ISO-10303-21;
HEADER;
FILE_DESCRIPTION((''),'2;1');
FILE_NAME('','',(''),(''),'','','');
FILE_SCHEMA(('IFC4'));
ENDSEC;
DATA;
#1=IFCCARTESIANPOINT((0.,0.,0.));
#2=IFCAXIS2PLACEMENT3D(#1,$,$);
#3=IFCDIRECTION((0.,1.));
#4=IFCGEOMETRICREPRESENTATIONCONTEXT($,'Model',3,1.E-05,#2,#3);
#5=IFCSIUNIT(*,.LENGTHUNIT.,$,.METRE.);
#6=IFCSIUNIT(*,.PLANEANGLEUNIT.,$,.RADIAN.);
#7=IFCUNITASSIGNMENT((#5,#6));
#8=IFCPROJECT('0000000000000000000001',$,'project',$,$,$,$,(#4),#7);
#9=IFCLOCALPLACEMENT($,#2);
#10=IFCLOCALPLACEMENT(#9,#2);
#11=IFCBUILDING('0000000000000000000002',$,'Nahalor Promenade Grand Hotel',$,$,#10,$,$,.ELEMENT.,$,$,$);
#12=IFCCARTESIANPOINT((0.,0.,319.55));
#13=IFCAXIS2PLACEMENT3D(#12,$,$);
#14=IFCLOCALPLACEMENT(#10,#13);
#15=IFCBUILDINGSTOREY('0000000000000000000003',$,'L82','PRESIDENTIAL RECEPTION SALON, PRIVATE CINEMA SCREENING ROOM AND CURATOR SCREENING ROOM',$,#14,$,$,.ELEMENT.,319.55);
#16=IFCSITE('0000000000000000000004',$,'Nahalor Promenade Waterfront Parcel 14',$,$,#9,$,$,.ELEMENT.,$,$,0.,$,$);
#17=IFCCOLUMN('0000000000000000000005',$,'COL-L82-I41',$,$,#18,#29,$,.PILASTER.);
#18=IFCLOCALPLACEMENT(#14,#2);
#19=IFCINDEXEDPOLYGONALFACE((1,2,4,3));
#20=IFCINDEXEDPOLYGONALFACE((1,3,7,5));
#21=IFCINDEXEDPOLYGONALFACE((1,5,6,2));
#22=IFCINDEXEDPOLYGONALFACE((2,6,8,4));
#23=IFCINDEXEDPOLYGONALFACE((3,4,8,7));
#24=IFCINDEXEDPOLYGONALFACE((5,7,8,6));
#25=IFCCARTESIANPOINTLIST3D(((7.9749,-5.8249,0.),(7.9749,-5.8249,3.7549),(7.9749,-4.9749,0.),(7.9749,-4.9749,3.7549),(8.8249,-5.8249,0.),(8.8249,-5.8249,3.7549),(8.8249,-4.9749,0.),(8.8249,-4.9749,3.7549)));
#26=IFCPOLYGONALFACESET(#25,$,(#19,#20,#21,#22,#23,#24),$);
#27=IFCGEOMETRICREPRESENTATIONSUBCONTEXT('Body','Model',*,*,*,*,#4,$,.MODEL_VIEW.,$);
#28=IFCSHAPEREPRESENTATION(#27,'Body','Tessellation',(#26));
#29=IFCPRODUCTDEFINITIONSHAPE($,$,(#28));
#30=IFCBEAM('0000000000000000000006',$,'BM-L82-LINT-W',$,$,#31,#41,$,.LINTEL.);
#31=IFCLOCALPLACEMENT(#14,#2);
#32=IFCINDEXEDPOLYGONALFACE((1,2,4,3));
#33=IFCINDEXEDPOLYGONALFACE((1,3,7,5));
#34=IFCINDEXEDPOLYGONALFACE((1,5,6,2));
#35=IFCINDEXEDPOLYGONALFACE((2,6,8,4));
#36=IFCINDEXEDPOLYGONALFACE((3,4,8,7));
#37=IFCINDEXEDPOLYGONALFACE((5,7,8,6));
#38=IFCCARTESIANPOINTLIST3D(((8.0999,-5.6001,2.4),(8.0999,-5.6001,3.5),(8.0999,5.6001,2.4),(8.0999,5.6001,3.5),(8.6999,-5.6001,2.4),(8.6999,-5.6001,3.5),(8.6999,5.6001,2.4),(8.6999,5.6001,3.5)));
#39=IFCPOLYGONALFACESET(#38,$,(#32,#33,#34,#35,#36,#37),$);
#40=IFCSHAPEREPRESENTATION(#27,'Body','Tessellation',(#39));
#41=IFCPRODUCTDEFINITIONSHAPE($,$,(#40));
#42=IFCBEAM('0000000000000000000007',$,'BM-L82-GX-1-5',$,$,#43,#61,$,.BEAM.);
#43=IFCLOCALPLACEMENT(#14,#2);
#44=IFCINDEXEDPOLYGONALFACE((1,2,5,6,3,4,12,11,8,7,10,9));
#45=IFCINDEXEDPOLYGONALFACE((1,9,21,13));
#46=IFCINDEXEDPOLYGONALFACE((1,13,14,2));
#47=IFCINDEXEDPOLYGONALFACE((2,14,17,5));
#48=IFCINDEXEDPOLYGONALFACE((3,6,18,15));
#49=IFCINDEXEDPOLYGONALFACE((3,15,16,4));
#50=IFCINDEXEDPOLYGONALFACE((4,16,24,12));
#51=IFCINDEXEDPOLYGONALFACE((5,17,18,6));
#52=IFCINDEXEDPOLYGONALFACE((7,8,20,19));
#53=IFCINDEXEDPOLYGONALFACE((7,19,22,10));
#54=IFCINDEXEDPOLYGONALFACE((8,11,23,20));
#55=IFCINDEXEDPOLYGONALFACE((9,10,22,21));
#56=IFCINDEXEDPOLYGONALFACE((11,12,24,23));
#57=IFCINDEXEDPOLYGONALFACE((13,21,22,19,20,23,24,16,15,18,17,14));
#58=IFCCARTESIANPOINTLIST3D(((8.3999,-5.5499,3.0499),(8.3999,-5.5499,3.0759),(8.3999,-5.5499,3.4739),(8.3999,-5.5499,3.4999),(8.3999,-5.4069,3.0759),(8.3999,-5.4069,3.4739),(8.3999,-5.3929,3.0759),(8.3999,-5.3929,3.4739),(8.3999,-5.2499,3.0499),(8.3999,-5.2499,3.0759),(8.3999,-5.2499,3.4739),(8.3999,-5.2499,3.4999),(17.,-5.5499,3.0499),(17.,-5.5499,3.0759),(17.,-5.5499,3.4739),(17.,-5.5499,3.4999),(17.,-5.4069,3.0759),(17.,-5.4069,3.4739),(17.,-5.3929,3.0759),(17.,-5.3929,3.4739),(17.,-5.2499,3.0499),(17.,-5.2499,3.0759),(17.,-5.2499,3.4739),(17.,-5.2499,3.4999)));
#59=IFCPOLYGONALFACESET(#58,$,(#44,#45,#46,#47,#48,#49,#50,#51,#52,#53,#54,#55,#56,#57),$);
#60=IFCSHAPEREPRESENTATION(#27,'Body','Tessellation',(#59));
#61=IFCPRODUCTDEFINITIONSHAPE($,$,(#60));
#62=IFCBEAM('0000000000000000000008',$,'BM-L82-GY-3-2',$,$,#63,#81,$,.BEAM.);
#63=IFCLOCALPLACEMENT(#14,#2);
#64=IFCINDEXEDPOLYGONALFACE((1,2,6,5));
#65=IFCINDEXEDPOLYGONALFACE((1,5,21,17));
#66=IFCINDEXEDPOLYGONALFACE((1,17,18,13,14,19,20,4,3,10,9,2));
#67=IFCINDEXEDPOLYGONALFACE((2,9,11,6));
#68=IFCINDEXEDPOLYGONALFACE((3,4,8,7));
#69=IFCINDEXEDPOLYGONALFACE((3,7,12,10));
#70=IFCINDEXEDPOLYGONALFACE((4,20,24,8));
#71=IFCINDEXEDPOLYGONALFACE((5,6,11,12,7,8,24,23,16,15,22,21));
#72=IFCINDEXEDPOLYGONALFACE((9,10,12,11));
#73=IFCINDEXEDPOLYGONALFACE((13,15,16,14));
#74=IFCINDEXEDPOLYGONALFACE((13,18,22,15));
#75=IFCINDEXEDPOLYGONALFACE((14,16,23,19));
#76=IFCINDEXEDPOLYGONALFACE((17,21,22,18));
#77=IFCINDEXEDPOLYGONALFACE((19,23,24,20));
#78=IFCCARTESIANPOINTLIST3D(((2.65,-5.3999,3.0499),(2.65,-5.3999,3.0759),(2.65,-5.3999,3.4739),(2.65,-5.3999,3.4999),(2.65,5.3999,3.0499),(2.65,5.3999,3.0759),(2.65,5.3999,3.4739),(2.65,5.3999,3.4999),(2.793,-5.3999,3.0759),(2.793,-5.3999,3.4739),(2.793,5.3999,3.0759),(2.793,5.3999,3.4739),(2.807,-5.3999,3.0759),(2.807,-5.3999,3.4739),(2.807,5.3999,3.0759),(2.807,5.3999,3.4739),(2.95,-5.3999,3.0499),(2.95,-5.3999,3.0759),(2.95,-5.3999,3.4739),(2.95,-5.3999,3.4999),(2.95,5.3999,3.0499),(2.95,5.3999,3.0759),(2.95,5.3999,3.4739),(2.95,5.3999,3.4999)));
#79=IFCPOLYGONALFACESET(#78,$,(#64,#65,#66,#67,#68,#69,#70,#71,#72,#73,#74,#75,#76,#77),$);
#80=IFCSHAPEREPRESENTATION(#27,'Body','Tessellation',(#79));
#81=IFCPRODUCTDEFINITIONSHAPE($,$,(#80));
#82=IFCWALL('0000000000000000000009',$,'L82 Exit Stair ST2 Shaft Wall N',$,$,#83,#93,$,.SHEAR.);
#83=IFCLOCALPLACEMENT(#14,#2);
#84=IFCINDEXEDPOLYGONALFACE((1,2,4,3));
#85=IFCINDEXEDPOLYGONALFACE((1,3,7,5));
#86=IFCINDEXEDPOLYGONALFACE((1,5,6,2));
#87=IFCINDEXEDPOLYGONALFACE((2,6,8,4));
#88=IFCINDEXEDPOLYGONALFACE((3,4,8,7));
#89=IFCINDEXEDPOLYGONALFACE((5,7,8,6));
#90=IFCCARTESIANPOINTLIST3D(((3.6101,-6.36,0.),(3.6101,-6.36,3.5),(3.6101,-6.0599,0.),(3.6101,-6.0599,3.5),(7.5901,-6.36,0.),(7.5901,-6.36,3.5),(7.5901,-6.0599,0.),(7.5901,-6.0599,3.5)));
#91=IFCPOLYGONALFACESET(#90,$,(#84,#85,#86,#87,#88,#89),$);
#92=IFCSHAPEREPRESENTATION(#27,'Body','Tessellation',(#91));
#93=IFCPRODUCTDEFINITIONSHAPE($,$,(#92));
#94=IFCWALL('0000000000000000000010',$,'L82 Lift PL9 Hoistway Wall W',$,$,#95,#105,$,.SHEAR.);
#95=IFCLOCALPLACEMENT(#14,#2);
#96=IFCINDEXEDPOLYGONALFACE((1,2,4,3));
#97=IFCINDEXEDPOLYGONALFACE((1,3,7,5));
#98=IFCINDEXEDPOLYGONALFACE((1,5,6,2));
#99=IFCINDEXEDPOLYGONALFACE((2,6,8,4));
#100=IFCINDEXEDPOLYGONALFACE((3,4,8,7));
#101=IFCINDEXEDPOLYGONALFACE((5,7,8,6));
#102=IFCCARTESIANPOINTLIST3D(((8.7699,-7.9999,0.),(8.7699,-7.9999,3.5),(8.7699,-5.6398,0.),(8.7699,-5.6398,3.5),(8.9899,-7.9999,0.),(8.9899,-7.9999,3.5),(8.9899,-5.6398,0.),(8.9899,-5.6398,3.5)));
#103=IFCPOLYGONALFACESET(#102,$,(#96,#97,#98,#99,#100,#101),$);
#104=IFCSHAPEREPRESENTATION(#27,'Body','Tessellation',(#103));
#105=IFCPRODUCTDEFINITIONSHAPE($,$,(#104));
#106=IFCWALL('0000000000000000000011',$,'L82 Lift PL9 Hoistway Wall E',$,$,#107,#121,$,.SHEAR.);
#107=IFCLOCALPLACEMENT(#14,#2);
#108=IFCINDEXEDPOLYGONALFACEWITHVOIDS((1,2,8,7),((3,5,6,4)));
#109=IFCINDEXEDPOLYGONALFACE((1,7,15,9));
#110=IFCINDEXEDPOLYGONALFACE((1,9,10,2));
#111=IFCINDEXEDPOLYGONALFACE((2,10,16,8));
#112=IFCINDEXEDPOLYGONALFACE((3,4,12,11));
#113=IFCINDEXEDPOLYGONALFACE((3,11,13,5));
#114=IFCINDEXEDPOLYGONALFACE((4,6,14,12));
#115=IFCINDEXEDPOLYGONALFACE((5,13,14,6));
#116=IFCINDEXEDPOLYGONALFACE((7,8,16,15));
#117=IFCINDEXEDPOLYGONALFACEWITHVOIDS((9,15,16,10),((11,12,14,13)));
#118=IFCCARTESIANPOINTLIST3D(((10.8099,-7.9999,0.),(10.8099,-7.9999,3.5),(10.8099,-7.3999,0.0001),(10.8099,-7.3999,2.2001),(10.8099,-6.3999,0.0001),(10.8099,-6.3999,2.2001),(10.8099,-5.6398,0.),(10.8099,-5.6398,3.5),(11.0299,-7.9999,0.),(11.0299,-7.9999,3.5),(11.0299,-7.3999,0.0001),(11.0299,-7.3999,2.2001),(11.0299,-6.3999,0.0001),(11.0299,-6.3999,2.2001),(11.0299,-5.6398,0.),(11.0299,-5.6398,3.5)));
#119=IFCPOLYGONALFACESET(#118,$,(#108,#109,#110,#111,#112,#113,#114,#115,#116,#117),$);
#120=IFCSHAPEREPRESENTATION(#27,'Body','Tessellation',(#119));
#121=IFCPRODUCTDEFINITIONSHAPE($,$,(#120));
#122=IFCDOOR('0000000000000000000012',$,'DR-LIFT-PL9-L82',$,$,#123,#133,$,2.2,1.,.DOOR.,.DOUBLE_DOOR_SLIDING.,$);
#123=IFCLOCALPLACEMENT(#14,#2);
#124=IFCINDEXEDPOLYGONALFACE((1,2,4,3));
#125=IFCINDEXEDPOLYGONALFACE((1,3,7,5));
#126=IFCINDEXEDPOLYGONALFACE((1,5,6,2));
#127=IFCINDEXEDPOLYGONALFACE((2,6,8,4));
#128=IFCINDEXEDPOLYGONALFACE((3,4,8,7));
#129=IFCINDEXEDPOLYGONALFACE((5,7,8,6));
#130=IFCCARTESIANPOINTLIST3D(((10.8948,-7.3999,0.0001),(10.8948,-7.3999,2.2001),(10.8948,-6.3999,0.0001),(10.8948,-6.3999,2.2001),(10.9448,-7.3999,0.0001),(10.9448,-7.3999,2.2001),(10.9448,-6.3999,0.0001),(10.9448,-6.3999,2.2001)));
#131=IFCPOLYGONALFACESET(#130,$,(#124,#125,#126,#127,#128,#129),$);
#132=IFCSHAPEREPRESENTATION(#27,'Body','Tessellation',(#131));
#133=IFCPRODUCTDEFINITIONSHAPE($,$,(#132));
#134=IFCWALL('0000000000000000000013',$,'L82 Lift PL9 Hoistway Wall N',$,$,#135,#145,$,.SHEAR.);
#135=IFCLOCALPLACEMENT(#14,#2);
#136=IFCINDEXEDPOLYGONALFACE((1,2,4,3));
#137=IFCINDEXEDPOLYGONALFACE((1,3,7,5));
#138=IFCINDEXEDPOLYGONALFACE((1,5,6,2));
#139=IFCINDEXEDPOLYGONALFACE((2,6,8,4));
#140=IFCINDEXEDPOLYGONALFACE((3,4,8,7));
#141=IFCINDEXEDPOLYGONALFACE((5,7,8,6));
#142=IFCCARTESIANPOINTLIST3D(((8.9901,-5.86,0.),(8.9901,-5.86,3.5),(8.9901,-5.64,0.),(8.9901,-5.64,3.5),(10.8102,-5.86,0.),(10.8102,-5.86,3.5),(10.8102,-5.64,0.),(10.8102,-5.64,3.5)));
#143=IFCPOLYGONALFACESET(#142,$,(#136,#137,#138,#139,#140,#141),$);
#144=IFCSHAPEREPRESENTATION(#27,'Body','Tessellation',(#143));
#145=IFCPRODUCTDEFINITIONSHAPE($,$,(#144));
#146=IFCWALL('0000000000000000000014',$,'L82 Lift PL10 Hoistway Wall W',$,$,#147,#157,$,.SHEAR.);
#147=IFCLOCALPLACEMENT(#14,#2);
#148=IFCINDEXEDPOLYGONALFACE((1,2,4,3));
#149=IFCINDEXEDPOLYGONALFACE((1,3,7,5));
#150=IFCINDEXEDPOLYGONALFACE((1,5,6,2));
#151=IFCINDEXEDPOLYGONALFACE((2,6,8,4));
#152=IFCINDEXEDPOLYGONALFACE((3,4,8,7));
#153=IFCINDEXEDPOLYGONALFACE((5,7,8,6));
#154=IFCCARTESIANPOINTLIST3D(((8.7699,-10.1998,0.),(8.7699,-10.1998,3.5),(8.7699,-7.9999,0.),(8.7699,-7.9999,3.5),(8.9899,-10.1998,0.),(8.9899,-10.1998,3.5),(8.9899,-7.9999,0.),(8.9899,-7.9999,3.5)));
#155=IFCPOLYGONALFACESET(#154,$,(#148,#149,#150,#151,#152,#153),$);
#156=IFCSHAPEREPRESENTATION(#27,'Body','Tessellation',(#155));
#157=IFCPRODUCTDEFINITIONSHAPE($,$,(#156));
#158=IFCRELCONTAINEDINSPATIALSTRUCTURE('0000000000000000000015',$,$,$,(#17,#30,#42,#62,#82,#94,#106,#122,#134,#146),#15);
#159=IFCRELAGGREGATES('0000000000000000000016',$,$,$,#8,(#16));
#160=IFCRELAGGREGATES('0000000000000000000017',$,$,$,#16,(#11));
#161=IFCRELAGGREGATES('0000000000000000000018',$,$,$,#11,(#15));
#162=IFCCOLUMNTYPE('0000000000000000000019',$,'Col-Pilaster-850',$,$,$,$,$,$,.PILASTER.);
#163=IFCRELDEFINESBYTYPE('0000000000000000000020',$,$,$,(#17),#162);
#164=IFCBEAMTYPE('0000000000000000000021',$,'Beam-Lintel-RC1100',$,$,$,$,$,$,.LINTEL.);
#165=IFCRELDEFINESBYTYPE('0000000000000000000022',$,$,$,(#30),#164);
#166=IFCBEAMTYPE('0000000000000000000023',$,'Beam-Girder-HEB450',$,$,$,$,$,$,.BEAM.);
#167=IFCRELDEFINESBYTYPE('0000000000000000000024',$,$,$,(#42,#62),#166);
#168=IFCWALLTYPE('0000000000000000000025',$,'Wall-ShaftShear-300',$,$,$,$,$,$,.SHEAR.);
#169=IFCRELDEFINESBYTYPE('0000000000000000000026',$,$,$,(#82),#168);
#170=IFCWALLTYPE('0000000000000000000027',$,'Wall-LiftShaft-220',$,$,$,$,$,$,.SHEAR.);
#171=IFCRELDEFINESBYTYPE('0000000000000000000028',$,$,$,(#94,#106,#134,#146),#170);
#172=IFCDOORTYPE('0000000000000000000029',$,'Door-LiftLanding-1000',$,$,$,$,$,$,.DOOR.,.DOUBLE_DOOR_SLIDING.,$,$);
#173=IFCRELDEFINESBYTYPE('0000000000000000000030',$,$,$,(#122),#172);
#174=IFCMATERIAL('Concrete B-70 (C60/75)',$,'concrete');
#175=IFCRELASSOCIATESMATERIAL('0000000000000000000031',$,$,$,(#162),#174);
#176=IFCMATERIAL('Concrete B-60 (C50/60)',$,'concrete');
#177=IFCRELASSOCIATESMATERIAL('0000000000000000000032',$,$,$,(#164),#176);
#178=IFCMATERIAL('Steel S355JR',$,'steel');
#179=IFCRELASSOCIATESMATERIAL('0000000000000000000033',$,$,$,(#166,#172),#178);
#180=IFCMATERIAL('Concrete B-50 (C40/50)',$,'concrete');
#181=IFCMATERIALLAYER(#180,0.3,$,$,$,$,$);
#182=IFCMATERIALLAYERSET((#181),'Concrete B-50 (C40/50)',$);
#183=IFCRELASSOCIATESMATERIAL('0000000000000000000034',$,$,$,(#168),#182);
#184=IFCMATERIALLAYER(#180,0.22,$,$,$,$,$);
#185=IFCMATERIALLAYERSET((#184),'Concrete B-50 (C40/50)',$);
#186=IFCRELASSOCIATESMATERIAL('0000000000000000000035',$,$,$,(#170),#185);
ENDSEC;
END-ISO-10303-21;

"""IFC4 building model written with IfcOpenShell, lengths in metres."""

from ifc_helpers import new_model, si_unit, direction, frame, frame_2d, origin, origin_2d, place, context, subcontext, project, spatial, rectangle, i_section, extrude, source, transform, mapped, material, layer, layer_set, material_profile, profile_set, type_object, element, fill, save


model = new_model("IFC4")

# Units and contexts
model_context = context("Model", 3, precision=1e-05, world=origin(), true_north=direction((0.0, 1.0)))
body_context = subcontext(model_context, "Body", "Model", "MODEL_VIEW")
ifc_project = project(units=[si_unit("LENGTHUNIT", "METRE"), si_unit("PLANEANGLEUNIT", "RADIAN")], contexts=[model_context])

# Site, building, storey
site_placement = place(None, origin())
site = spatial("IfcSite", under=ifc_project, at=site_placement, Name="Nahalor Promenade Waterfront Parcel 14", CompositionType="ELEMENT", RefElevation=0.0)
building_placement = place(site_placement, origin())
building = spatial("IfcBuilding", under=site, at=building_placement, Name="Nahalor Promenade Grand Hotel", CompositionType="ELEMENT")
storey_placement = place(building_placement, frame((0.0, 0.0, 319.55)))
storey = spatial("IfcBuildingStorey", under=building, at=storey_placement, Name="L82", Description="PRESIDENTIAL RECEPTION SALON, PRIVATE CINEMA SCREENING ROOM AND CURATOR SCREENING ROOM", CompositionType="ELEMENT", Elevation=319.55)

# Column
ifc_material_1 = material(Name="Concrete B-70 (C60/75)", Category="concrete")
ifc_material_profile_1 = material_profile(ifc_material_1, rectangle(XDim=0.85, YDim=0.85, at=origin_2d()), Name="RC 850x850")
ifc_profile_set_1 = profile_set([ifc_material_profile_1], Name="Concrete B-70 (C60/75)")
column_type = type_object("IfcColumnType", Name="Col-Pilaster-850", PredefinedType="PILASTER", material=ifc_profile_set_1)
shared_shape_1 = source(origin(), body_context, "Body", "SweptSolid", [
    extrude(rectangle(XDim=0.85, YDim=0.85, at=origin_2d()), origin(), (0.0, 0.0, 1.0), 3.7549),
])
column_placement = place(storey_placement, frame((8.3999, -5.3999, 0.0), z_axis=(0.0, 0.0, 1.0), x_axis=(1.0, 0.0, 0.0)))
element("IfcColumn", 1, at=column_placement, inside=storey, type_object=column_type, Name="COL-L82-I41", PredefinedType="PILASTER", context=body_context, shape_type="MappedRepresentation", body=[
    mapped(shared_shape_1, transform((0.0, 0.0, 0.0), scale=1.0)),
])

# Beams
ifc_material_2 = material(Name="Concrete B-60 (C50/60)", Category="concrete")
ifc_material_profile_2 = material_profile(ifc_material_2, rectangle(XDim=0.6, YDim=1.1, at=origin_2d()), Name="RC 600x1100")
ifc_profile_set_2 = profile_set([ifc_material_profile_2], Name="Concrete B-60 (C50/60)")
beam_type_1 = type_object("IfcBeamType", Name="Beam-Lintel-RC1100", PredefinedType="LINTEL", material=ifc_profile_set_2)
shared_shape_2 = source(origin(), body_context, "Body", "SweptSolid", [
    extrude(rectangle(XDim=0.6, YDim=1.1, at=origin_2d()), origin(), (0.0, 0.0, 1.0), 11.2002),
])
beam_1_placement = place(storey_placement, frame((8.3999, -5.6001, 2.95), z_axis=(0.0, 1.0, 0.0), x_axis=(-1.0, 0.0, 0.0)))
element("IfcBeam", 2, at=beam_1_placement, inside=storey, type_object=beam_type_1, Name="BM-L82-LINT-W", PredefinedType="LINTEL", context=body_context, shape_type="MappedRepresentation", body=[
    mapped(shared_shape_2, transform((0.0, 0.0, 0.0), scale=1.0)),
])
ifc_material_3 = material(Name="Steel S355JR", Category="steel")
ifc_material_profile_3 = material_profile(ifc_material_3, i_section(OverallWidth=0.3, OverallDepth=0.45, WebThickness=0.014, FlangeThickness=0.026, at=origin_2d()), Name="HEB 450")
ifc_profile_set_3 = profile_set([ifc_material_profile_3], Name="Steel S355JR")
beam_type_2 = type_object("IfcBeamType", Name="Beam-Girder-HEB450", PredefinedType="BEAM", material=ifc_profile_set_3)
shared_shape_3 = source(origin(), body_context, "Body", "SweptSolid", [
    extrude(i_section(OverallWidth=0.3, OverallDepth=0.45, WebThickness=0.014, FlangeThickness=0.026, at=origin_2d()), origin(), (0.0, 0.0, 1.0), 8.6001),
])
beam_2_placement = place(storey_placement, frame((8.3999, -5.3999, 3.2749), z_axis=(1.0, 0.0, 0.0), x_axis=(0.0, 1.0, 0.0)))
element("IfcBeam", 3, at=beam_2_placement, inside=storey, type_object=beam_type_2, Name="BM-L82-GX-1-5", PredefinedType="BEAM", context=body_context, shape_type="MappedRepresentation", body=[
    mapped(shared_shape_3, transform((0.0, 0.0, 0.0), scale=1.0)),
])
shared_shape_4 = source(origin(), body_context, "Body", "SweptSolid", [
    extrude(i_section(OverallWidth=0.3, OverallDepth=0.45, WebThickness=0.014, FlangeThickness=0.026, at=origin_2d()), origin(), (0.0, 0.0, 1.0), 10.7998),
])
beam_3_placement = place(storey_placement, frame((2.8, -5.3999, 3.2749), z_axis=(0.0, 1.0, 0.0), x_axis=(-1.0, 0.0, 0.0)))
element("IfcBeam", 4, at=beam_3_placement, inside=storey, type_object=beam_type_2, Name="BM-L82-GY-3-2", PredefinedType="BEAM", context=body_context, shape_type="MappedRepresentation", body=[
    mapped(shared_shape_4, transform((0.0, 0.0, 0.0), scale=1.0)),
])

# Walls
ifc_material_4 = material(Name="Concrete B-50 (C40/50)", Category="concrete")
ifc_layer_1 = layer(ifc_material_4, 0.3)
ifc_layer_set_1 = layer_set([ifc_layer_1], Name="Concrete B-50 (C40/50)")
wall_type_1 = type_object("IfcWallType", Name="Wall-ShaftShear-300", PredefinedType="SHEAR", material=ifc_layer_set_1)
shared_shape_5 = source(origin(), body_context, "Body", "SweptSolid", [
    extrude(rectangle(XDim=3.98, YDim=0.3, at=frame_2d((1.99, 0.0))), origin(), (0.0, 0.0, 1.0), 3.5),
])
wall_1_placement = place(storey_placement, frame((3.6101, -6.21, 0.0), z_axis=(0.0, 0.0, 1.0), x_axis=(1.0, 0.0, 0.0)))
element("IfcWall", 5, at=wall_1_placement, inside=storey, type_object=wall_type_1, Name="L82 Exit Stair ST2 Shaft Wall N", PredefinedType="SHEAR", context=body_context, shape_type="MappedRepresentation", body=[
    mapped(shared_shape_5, transform((0.0, 0.0, 0.0), scale=1.0)),
])
ifc_layer_2 = layer(ifc_material_4, 0.22)
ifc_layer_set_2 = layer_set([ifc_layer_2], Name="Concrete B-50 (C40/50)")
wall_type_2 = type_object("IfcWallType", Name="Wall-LiftShaft-220", PredefinedType="SHEAR", material=ifc_layer_set_2)
shared_shape_6 = source(origin(), body_context, "Body", "SweptSolid", [
    extrude(rectangle(XDim=2.3601, YDim=0.22, at=frame_2d((1.1802, 0.0))), origin(), (0.0, 0.0, 1.0), 3.5),
])
wall_2_placement = place(storey_placement, frame((8.8799, -8.0, 0.0), z_axis=(0.0, 0.0, 1.0), x_axis=(0.0, 1.0, 0.0)))
element("IfcWall", 6, at=wall_2_placement, inside=storey, type_object=wall_type_2, Name="L82 Lift PL9 Hoistway Wall W", PredefinedType="SHEAR", context=body_context, shape_type="MappedRepresentation", body=[
    mapped(shared_shape_6, transform((0.0, 0.0, 0.0), scale=1.0)),
])

# Wall, opening, door
wall_3_placement = place(storey_placement, frame((10.9199, -8.0, 0.0), z_axis=(0.0, 0.0, 1.0), x_axis=(0.0, 1.0, 0.0)))
wall_3 = element("IfcWall", 7, at=wall_3_placement, inside=storey, type_object=wall_type_2, Name="L82 Lift PL9 Hoistway Wall E", PredefinedType="SHEAR", context=body_context, shape_type="MappedRepresentation", body=[
    mapped(shared_shape_6, transform((0.0, 0.0, 0.0), scale=1.0)),
])
opening_1_placement = place(wall_3_placement, frame((0.6001, 0.0, 0.0)))
opening_1 = element("IfcOpeningElement", 8, at=opening_1_placement, cuts=wall_3, PredefinedType="OPENING", context=body_context, shape_type="SweptSolid", body=[
    extrude(rectangle(XDim=1.0, YDim=2.2, at=frame_2d((0.5, 1.1001))), frame((0.0, 0.1199, 0.0), z_axis=(0.0, -1.0, 0.0), x_axis=(1.0, 0.0, 0.0)), (0.0, 0.0, 1.0), 0.24),
])
door_type = type_object("IfcDoorType", Name="Door-LiftLanding-1000", OperationType="DOUBLE_DOOR_SLIDING", PredefinedType="DOOR", material=ifc_material_3)
shared_shape_7 = source(origin(), body_context, "Body", "SweptSolid", [
    extrude(rectangle(XDim=1.0, YDim=2.2, at=frame_2d((0.5, 1.1001))), frame((0.0, 0.0249, 0.0), z_axis=(0.0, -1.0, 0.0), x_axis=(1.0, 0.0, 0.0)), (0.0, 0.0, 1.0), 0.05),
])
door_1_placement = place(opening_1_placement, frame((1.0, 0.0, 0.0), z_axis=(0.0, 0.0, 1.0), x_axis=(-1.0, 0.0, 0.0)))
door_1 = element("IfcDoor", 9, at=door_1_placement, inside=storey, type_object=door_type, Name="DR-LIFT-PL9-L82", OperationType="DOUBLE_DOOR_SLIDING", OverallHeight=2.2, OverallWidth=1.0, PredefinedType="DOOR", context=body_context, shape_type="MappedRepresentation", body=[
    mapped(shared_shape_7, transform((0.0, 0.0, 0.0), scale=1.0)),
])
fill(opening_1, door_1)

# Walls
shared_shape_8 = source(origin(), body_context, "Body", "SweptSolid", [
    extrude(rectangle(XDim=1.8201, YDim=0.22, at=frame_2d((0.9102, 0.0))), origin(), (0.0, 0.0, 1.0), 3.5),
])
wall_4_placement = place(storey_placement, frame((8.99, -5.75, 0.0), z_axis=(0.0, 0.0, 1.0), x_axis=(1.0, 0.0, 0.0)))
element("IfcWall", 10, at=wall_4_placement, inside=storey, type_object=wall_type_2, Name="L82 Lift PL9 Hoistway Wall N", PredefinedType="SHEAR", context=body_context, shape_type="MappedRepresentation", body=[
    mapped(shared_shape_8, transform((0.0, 0.0, 0.0), scale=1.0)),
])
shared_shape_9 = source(origin(), body_context, "Body", "SweptSolid", [
    extrude(rectangle(XDim=2.2, YDim=0.22, at=frame_2d((1.1001, 0.0))), origin(), (0.0, 0.0, 1.0), 3.5),
])
wall_5_placement = place(storey_placement, frame((8.8799, -10.2, 0.0), z_axis=(0.0, 0.0, 1.0), x_axis=(0.0, 1.0, 0.0)))
element("IfcWall", 11, at=wall_5_placement, inside=storey, type_object=wall_type_2, Name="L82 Lift PL10 Hoistway Wall W", PredefinedType="SHEAR", context=body_context, shape_type="MappedRepresentation", body=[
    mapped(shared_shape_9, transform((0.0, 0.0, 0.0), scale=1.0)),
])

save(model, "model.ifc")
